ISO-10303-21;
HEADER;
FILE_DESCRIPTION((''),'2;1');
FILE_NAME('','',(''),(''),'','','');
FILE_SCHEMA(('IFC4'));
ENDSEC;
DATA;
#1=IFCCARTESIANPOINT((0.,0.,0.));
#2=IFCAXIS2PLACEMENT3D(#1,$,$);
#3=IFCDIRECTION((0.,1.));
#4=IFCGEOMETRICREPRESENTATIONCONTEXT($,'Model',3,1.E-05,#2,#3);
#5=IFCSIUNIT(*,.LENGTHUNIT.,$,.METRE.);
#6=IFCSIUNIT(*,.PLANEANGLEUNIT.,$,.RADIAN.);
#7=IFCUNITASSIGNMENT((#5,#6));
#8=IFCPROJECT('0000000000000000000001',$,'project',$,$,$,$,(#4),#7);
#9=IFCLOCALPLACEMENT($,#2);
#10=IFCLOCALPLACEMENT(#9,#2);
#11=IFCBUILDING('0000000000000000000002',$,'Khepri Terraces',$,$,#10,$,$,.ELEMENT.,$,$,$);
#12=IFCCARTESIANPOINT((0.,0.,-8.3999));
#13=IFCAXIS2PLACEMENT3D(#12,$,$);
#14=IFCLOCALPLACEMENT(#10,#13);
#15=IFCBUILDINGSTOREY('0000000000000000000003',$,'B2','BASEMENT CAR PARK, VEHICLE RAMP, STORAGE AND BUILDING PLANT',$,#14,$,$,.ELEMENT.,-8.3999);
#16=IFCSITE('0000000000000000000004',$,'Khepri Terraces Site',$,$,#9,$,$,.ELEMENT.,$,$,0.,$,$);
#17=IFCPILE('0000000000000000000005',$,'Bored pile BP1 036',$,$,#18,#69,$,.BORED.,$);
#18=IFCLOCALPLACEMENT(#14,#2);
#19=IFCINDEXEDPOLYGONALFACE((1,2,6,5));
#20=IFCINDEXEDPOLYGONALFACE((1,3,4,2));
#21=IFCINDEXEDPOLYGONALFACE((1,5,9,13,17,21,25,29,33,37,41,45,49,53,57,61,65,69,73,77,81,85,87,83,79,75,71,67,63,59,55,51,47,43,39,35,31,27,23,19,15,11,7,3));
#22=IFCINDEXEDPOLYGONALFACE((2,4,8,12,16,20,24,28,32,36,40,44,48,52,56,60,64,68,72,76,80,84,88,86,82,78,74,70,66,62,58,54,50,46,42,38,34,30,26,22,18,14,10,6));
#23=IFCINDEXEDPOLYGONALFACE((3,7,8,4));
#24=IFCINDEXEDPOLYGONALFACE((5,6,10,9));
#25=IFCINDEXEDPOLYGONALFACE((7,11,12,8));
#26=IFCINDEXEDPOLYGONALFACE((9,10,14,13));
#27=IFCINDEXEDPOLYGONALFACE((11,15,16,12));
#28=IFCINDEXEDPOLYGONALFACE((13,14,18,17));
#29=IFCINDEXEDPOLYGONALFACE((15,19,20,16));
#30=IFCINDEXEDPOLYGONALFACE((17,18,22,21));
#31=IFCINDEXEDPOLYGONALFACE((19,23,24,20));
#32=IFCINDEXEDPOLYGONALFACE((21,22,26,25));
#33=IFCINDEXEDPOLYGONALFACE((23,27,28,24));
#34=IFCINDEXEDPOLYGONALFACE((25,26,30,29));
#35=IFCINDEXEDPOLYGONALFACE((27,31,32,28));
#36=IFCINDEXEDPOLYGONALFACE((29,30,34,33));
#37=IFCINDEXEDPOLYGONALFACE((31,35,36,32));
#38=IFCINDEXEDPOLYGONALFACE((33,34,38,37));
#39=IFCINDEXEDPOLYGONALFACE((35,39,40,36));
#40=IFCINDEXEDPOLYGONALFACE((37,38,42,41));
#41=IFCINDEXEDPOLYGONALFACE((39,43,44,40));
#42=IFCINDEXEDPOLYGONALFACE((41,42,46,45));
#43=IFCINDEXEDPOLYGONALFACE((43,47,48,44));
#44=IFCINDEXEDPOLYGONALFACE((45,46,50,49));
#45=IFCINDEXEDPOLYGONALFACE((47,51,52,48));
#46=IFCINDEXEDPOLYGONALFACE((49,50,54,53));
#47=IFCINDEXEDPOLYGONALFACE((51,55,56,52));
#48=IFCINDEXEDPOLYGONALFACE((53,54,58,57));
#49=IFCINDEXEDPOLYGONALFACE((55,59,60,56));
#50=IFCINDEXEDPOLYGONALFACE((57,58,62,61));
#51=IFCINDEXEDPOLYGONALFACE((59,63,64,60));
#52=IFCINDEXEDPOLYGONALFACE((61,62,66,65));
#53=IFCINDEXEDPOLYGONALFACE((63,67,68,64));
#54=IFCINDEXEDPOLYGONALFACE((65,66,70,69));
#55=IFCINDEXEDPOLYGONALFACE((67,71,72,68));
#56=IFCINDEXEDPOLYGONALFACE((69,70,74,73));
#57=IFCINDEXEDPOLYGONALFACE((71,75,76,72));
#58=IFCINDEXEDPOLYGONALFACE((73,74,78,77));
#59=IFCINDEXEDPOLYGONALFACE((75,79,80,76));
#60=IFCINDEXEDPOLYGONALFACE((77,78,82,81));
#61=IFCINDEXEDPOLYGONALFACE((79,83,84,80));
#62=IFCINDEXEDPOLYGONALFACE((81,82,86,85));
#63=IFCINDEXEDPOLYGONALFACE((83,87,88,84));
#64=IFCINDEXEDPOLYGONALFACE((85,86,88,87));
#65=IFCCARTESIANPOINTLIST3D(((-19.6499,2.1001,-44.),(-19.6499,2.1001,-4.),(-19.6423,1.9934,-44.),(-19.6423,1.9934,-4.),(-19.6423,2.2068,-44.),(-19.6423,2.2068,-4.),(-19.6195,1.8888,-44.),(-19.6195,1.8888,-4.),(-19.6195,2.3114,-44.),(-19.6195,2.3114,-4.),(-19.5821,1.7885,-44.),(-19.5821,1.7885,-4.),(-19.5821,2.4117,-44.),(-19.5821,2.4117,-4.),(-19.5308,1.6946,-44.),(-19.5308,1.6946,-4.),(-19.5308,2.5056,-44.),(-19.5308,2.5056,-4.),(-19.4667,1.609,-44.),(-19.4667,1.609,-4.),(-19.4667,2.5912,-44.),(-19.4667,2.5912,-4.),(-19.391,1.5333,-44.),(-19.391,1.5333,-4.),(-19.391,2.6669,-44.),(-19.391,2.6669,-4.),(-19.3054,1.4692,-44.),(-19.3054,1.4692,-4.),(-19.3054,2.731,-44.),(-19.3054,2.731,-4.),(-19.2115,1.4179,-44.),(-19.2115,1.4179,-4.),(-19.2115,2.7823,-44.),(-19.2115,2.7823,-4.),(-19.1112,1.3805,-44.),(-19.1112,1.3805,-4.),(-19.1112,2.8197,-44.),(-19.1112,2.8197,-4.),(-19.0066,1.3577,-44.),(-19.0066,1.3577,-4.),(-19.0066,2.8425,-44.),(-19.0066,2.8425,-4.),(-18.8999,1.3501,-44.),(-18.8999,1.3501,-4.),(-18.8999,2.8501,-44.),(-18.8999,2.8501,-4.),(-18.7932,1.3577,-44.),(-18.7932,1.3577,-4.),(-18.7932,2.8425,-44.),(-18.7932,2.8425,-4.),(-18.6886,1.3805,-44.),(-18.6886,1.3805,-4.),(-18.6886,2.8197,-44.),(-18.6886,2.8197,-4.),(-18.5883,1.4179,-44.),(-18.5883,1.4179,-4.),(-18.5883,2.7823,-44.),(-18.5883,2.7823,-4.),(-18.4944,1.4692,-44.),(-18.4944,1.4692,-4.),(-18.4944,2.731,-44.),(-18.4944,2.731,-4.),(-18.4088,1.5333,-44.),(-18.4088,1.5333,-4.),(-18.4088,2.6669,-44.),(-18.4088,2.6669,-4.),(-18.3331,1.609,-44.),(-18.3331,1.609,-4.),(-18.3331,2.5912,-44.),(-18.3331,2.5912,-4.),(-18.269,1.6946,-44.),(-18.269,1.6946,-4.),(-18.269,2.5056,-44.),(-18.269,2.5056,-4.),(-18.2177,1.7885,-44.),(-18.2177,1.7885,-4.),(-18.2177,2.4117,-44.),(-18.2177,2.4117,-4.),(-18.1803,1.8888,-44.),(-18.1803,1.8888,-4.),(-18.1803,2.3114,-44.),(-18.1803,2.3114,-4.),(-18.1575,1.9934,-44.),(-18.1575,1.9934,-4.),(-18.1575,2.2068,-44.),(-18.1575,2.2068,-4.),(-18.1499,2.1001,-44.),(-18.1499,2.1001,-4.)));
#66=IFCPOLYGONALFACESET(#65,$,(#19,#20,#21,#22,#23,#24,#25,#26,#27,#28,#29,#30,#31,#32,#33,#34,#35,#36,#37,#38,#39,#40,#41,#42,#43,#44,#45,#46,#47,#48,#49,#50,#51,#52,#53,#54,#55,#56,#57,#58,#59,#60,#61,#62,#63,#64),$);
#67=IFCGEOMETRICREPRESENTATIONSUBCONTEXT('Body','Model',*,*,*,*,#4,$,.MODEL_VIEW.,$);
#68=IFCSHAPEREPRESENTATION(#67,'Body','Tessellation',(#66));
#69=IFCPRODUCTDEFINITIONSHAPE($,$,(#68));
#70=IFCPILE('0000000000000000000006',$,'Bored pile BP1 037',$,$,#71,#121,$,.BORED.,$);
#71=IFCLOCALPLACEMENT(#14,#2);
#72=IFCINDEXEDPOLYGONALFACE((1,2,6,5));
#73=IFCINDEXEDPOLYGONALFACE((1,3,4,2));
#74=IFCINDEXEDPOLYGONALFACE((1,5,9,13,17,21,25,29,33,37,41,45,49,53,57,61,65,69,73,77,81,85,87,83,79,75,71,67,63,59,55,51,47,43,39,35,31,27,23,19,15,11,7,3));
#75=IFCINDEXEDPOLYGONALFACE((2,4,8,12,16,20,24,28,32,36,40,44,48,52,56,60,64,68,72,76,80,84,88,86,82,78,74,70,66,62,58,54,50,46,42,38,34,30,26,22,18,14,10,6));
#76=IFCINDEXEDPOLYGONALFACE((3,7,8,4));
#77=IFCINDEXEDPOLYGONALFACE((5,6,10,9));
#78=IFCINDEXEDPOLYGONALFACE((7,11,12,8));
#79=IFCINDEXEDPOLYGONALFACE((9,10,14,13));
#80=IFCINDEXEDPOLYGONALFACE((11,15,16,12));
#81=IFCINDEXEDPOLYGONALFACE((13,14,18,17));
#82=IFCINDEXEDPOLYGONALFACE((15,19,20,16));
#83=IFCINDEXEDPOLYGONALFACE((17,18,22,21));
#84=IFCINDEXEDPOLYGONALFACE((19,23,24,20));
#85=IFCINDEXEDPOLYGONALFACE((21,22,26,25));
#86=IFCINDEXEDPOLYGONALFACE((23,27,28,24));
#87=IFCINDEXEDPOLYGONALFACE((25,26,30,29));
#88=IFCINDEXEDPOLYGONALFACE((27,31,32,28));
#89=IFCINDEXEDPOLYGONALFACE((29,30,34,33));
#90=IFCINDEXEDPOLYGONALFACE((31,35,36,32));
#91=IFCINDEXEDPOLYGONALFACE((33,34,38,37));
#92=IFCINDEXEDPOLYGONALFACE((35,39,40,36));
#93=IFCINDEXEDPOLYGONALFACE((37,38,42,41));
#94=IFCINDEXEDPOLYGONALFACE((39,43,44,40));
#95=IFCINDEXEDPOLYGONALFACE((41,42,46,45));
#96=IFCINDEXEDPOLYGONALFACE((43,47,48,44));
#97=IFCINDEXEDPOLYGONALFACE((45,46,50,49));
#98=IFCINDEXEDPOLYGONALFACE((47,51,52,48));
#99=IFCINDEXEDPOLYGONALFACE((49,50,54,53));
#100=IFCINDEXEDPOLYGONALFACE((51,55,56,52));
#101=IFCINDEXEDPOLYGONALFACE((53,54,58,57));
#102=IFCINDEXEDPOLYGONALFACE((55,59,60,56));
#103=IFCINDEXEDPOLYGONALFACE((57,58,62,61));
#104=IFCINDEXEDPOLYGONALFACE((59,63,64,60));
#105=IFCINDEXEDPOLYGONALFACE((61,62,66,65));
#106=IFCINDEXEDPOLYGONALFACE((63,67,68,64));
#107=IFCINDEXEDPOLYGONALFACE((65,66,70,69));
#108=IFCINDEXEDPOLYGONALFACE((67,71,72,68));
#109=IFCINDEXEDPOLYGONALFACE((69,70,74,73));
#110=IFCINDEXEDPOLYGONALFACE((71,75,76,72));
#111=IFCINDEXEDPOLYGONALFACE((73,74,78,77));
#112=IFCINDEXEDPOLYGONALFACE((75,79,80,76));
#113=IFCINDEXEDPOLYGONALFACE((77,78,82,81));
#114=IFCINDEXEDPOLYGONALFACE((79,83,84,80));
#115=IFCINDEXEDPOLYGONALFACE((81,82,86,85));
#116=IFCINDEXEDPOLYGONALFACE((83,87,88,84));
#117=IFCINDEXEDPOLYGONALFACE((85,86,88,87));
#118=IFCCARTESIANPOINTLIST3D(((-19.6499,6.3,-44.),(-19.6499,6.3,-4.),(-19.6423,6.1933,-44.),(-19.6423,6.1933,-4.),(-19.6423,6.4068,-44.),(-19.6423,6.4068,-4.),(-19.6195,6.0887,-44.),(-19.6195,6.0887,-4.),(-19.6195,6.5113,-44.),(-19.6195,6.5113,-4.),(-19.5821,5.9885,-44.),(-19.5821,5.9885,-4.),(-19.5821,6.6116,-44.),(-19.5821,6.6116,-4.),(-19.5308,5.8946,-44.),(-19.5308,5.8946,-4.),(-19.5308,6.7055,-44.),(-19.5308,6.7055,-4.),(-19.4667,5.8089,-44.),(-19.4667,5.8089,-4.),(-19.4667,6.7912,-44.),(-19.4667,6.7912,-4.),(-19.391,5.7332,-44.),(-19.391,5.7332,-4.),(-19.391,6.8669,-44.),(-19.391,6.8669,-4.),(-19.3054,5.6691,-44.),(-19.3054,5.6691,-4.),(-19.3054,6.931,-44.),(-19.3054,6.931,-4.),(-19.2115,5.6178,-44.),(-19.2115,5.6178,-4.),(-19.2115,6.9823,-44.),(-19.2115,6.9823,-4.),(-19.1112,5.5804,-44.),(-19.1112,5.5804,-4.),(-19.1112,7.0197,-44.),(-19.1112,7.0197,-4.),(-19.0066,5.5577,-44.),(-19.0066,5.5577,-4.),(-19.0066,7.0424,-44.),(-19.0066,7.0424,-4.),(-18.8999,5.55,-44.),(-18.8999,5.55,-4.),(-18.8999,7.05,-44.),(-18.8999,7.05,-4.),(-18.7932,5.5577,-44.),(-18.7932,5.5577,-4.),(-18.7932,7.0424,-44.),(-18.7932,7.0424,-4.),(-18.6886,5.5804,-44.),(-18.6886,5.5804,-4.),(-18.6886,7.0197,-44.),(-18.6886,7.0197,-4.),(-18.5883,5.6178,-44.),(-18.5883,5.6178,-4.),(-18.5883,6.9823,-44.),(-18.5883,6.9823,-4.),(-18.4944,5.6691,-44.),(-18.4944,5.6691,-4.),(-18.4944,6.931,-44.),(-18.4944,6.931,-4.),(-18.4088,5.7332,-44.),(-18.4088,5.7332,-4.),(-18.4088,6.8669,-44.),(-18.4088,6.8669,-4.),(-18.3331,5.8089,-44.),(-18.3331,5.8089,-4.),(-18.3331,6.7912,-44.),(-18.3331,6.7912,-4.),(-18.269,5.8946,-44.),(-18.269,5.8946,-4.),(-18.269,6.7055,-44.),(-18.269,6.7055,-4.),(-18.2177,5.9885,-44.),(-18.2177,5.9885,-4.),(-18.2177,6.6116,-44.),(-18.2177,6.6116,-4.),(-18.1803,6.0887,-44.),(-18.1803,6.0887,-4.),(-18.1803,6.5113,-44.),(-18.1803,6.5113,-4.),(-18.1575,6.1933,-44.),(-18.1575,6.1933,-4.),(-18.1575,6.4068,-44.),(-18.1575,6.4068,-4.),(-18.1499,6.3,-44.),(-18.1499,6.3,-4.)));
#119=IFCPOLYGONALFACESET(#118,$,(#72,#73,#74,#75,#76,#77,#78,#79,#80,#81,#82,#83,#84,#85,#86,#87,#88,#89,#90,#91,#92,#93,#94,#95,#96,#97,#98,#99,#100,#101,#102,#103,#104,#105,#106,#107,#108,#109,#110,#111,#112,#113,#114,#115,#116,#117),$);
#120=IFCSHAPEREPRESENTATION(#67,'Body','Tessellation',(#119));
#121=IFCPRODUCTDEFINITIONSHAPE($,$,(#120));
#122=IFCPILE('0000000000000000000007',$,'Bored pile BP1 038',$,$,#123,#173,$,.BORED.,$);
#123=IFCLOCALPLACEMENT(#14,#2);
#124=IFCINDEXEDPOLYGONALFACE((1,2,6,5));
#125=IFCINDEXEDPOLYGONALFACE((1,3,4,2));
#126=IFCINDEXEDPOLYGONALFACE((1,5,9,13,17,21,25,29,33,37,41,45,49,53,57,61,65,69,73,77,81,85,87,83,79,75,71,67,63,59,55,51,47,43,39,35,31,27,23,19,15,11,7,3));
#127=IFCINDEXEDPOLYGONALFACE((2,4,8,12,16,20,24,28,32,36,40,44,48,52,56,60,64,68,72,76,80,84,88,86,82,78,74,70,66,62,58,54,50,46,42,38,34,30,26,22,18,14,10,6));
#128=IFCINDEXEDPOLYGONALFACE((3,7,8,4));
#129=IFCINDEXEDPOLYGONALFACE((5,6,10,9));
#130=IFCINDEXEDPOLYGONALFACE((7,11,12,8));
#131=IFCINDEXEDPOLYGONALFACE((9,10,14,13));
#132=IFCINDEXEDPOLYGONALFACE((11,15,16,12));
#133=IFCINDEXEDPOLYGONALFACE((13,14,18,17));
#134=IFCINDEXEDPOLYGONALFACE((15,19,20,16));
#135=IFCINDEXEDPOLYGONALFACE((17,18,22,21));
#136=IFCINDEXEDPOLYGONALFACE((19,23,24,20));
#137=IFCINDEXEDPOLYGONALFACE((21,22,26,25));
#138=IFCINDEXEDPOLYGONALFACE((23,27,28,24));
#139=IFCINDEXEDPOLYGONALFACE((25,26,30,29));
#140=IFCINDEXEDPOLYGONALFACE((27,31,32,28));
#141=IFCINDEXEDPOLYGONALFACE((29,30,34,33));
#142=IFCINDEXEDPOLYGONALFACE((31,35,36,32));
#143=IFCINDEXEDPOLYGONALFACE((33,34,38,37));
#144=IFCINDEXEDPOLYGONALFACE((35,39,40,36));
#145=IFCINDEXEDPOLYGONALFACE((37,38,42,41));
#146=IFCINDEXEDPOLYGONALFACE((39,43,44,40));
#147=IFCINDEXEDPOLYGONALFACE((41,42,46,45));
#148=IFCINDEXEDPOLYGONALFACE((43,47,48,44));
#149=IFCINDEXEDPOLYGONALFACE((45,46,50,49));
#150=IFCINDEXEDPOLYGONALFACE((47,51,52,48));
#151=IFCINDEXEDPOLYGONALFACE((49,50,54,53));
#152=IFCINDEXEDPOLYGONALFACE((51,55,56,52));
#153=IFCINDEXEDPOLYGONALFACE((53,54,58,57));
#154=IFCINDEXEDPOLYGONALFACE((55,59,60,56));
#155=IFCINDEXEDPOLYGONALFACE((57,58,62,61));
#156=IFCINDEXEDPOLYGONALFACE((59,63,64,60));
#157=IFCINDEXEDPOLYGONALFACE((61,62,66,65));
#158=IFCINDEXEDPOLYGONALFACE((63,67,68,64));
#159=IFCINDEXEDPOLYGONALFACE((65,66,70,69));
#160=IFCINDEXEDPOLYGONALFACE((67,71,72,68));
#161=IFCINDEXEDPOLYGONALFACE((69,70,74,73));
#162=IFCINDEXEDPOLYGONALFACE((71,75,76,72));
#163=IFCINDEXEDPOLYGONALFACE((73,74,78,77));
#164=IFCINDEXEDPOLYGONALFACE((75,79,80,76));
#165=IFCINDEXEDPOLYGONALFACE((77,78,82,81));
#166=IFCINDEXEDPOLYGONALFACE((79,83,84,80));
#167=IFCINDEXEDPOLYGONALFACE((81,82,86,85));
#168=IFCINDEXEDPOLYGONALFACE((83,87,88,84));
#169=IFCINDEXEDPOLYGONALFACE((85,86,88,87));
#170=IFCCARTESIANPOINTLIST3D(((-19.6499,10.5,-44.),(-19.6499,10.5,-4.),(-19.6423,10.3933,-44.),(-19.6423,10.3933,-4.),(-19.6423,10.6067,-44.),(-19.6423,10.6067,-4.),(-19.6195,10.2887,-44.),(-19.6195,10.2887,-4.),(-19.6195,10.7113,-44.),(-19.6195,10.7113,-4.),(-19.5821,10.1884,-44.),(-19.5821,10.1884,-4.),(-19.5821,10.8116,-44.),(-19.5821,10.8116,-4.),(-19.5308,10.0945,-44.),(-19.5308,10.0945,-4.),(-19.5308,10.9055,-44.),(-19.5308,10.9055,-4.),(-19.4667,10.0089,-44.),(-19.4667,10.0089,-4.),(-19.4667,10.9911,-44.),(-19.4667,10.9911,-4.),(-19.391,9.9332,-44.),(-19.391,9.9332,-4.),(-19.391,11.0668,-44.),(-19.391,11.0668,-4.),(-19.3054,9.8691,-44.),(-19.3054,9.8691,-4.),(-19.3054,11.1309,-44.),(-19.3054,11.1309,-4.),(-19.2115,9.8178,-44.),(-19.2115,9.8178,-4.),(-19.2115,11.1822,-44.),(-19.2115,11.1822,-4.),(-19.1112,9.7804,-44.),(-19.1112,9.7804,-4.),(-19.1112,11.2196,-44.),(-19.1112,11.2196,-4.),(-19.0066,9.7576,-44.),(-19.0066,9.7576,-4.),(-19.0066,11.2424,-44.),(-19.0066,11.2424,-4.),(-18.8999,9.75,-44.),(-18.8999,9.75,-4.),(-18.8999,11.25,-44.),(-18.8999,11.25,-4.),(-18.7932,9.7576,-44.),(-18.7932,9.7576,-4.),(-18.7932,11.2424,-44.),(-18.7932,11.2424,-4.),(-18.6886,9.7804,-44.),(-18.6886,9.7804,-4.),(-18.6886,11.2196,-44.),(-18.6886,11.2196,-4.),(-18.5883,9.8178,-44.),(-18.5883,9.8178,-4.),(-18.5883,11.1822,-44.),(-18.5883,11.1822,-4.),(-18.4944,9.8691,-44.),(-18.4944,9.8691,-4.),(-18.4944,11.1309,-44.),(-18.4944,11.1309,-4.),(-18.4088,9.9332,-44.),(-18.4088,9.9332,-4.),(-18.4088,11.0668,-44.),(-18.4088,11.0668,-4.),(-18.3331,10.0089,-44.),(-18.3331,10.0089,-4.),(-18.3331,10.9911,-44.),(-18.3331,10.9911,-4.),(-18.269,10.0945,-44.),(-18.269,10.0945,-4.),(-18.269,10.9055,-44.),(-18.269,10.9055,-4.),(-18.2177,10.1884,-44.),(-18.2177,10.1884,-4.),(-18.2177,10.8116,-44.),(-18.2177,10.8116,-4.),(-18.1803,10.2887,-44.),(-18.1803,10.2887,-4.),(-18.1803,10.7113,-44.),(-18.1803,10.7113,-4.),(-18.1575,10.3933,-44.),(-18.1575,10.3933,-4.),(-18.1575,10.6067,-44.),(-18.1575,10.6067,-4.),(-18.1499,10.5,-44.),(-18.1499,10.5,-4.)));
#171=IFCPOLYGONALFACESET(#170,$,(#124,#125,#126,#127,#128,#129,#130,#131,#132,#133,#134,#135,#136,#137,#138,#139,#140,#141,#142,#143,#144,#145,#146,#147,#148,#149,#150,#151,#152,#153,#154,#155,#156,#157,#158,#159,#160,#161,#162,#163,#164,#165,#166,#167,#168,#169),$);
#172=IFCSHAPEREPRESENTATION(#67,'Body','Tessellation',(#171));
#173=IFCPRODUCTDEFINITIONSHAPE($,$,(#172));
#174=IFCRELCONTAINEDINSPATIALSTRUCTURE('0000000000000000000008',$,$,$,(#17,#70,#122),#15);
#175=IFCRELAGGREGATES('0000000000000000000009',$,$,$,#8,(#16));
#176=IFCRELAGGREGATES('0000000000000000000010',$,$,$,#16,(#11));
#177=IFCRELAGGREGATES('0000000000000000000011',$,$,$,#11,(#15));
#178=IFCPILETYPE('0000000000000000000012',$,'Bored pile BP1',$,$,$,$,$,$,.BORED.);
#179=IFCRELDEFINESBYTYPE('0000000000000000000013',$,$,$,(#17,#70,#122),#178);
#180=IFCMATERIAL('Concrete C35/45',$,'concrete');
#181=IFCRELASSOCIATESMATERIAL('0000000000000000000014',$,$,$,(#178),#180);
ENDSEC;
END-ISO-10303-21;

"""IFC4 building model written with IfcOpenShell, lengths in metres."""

from ifc_helpers import new_model, si_unit, direction, frame, origin, origin_2d, place, context, subcontext, project, spatial, circle, extrude, material, material_profile, profile_set, type_object, element, save


model = new_model("IFC4")

# Units and contexts
model_context = context("Model", 3, precision=1e-05, world=origin(), true_north=direction((0.0, 1.0)))
body_context = subcontext(model_context, "Body", "Model", "MODEL_VIEW")
ifc_project = project(units=[si_unit("LENGTHUNIT", "METRE"), si_unit("PLANEANGLEUNIT", "RADIAN")], contexts=[model_context])

# Site, building, storey
site_placement = place(None, origin())
site = spatial("IfcSite", under=ifc_project, at=site_placement, Name="Khepri Terraces Site", CompositionType="ELEMENT", RefElevation=0.0)
building_placement = place(site_placement, origin())
building = spatial("IfcBuilding", under=site, at=building_placement, Name="Khepri Terraces", CompositionType="ELEMENT")
storey_placement = place(building_placement, frame((0.0, 0.0, -8.3999)))
storey = spatial("IfcBuildingStorey", under=building, at=storey_placement, Name="B2", Description="BASEMENT CAR PARK, VEHICLE RAMP, STORAGE AND BUILDING PLANT", CompositionType="ELEMENT", Elevation=-8.3999)

# Piles
ifc_material_1 = material(Name="Concrete C35/45", Category="concrete")
ifc_material_profile_1 = material_profile(ifc_material_1, circle(Radius=0.75, at=origin_2d()), Name="Concrete C35/45", Category="concrete")
ifc_profile_set_1 = profile_set([ifc_material_profile_1], Name="Concrete C35/45")
pile_type = type_object("IfcPileType", Name="Bored pile BP1", PredefinedType="BORED", material=ifc_profile_set_1)
for number, where, z_axis, x_axis, name in (
    (1, (-18.8999, 2.1001, -4.0), (0.0, 0.0, -1.0), (1.0, 0.0, 0.0), "Bored pile BP1 036"),
    (2, (-18.8999, 6.3, -4.0), (0.0, 0.0, -1.0), (1.0, 0.0, 0.0), "Bored pile BP1 037"),
    (3, (-18.8999, 10.5, -4.0), (0.0, 0.0, -1.0), (1.0, 0.0, 0.0), "Bored pile BP1 038"),
):
    element("IfcPile", number, at=place(storey_placement, frame(where, z_axis=z_axis, x_axis=x_axis)), inside=storey, type_object=pile_type, Name=name, PredefinedType="BORED", context=body_context, shape_type="SweptSolid", body=[
        extrude(circle(Radius=0.75, at=origin_2d()), origin(), (0.0, 0.0, 1.0), 40.0),
    ])

save(model, "model.ifc")
